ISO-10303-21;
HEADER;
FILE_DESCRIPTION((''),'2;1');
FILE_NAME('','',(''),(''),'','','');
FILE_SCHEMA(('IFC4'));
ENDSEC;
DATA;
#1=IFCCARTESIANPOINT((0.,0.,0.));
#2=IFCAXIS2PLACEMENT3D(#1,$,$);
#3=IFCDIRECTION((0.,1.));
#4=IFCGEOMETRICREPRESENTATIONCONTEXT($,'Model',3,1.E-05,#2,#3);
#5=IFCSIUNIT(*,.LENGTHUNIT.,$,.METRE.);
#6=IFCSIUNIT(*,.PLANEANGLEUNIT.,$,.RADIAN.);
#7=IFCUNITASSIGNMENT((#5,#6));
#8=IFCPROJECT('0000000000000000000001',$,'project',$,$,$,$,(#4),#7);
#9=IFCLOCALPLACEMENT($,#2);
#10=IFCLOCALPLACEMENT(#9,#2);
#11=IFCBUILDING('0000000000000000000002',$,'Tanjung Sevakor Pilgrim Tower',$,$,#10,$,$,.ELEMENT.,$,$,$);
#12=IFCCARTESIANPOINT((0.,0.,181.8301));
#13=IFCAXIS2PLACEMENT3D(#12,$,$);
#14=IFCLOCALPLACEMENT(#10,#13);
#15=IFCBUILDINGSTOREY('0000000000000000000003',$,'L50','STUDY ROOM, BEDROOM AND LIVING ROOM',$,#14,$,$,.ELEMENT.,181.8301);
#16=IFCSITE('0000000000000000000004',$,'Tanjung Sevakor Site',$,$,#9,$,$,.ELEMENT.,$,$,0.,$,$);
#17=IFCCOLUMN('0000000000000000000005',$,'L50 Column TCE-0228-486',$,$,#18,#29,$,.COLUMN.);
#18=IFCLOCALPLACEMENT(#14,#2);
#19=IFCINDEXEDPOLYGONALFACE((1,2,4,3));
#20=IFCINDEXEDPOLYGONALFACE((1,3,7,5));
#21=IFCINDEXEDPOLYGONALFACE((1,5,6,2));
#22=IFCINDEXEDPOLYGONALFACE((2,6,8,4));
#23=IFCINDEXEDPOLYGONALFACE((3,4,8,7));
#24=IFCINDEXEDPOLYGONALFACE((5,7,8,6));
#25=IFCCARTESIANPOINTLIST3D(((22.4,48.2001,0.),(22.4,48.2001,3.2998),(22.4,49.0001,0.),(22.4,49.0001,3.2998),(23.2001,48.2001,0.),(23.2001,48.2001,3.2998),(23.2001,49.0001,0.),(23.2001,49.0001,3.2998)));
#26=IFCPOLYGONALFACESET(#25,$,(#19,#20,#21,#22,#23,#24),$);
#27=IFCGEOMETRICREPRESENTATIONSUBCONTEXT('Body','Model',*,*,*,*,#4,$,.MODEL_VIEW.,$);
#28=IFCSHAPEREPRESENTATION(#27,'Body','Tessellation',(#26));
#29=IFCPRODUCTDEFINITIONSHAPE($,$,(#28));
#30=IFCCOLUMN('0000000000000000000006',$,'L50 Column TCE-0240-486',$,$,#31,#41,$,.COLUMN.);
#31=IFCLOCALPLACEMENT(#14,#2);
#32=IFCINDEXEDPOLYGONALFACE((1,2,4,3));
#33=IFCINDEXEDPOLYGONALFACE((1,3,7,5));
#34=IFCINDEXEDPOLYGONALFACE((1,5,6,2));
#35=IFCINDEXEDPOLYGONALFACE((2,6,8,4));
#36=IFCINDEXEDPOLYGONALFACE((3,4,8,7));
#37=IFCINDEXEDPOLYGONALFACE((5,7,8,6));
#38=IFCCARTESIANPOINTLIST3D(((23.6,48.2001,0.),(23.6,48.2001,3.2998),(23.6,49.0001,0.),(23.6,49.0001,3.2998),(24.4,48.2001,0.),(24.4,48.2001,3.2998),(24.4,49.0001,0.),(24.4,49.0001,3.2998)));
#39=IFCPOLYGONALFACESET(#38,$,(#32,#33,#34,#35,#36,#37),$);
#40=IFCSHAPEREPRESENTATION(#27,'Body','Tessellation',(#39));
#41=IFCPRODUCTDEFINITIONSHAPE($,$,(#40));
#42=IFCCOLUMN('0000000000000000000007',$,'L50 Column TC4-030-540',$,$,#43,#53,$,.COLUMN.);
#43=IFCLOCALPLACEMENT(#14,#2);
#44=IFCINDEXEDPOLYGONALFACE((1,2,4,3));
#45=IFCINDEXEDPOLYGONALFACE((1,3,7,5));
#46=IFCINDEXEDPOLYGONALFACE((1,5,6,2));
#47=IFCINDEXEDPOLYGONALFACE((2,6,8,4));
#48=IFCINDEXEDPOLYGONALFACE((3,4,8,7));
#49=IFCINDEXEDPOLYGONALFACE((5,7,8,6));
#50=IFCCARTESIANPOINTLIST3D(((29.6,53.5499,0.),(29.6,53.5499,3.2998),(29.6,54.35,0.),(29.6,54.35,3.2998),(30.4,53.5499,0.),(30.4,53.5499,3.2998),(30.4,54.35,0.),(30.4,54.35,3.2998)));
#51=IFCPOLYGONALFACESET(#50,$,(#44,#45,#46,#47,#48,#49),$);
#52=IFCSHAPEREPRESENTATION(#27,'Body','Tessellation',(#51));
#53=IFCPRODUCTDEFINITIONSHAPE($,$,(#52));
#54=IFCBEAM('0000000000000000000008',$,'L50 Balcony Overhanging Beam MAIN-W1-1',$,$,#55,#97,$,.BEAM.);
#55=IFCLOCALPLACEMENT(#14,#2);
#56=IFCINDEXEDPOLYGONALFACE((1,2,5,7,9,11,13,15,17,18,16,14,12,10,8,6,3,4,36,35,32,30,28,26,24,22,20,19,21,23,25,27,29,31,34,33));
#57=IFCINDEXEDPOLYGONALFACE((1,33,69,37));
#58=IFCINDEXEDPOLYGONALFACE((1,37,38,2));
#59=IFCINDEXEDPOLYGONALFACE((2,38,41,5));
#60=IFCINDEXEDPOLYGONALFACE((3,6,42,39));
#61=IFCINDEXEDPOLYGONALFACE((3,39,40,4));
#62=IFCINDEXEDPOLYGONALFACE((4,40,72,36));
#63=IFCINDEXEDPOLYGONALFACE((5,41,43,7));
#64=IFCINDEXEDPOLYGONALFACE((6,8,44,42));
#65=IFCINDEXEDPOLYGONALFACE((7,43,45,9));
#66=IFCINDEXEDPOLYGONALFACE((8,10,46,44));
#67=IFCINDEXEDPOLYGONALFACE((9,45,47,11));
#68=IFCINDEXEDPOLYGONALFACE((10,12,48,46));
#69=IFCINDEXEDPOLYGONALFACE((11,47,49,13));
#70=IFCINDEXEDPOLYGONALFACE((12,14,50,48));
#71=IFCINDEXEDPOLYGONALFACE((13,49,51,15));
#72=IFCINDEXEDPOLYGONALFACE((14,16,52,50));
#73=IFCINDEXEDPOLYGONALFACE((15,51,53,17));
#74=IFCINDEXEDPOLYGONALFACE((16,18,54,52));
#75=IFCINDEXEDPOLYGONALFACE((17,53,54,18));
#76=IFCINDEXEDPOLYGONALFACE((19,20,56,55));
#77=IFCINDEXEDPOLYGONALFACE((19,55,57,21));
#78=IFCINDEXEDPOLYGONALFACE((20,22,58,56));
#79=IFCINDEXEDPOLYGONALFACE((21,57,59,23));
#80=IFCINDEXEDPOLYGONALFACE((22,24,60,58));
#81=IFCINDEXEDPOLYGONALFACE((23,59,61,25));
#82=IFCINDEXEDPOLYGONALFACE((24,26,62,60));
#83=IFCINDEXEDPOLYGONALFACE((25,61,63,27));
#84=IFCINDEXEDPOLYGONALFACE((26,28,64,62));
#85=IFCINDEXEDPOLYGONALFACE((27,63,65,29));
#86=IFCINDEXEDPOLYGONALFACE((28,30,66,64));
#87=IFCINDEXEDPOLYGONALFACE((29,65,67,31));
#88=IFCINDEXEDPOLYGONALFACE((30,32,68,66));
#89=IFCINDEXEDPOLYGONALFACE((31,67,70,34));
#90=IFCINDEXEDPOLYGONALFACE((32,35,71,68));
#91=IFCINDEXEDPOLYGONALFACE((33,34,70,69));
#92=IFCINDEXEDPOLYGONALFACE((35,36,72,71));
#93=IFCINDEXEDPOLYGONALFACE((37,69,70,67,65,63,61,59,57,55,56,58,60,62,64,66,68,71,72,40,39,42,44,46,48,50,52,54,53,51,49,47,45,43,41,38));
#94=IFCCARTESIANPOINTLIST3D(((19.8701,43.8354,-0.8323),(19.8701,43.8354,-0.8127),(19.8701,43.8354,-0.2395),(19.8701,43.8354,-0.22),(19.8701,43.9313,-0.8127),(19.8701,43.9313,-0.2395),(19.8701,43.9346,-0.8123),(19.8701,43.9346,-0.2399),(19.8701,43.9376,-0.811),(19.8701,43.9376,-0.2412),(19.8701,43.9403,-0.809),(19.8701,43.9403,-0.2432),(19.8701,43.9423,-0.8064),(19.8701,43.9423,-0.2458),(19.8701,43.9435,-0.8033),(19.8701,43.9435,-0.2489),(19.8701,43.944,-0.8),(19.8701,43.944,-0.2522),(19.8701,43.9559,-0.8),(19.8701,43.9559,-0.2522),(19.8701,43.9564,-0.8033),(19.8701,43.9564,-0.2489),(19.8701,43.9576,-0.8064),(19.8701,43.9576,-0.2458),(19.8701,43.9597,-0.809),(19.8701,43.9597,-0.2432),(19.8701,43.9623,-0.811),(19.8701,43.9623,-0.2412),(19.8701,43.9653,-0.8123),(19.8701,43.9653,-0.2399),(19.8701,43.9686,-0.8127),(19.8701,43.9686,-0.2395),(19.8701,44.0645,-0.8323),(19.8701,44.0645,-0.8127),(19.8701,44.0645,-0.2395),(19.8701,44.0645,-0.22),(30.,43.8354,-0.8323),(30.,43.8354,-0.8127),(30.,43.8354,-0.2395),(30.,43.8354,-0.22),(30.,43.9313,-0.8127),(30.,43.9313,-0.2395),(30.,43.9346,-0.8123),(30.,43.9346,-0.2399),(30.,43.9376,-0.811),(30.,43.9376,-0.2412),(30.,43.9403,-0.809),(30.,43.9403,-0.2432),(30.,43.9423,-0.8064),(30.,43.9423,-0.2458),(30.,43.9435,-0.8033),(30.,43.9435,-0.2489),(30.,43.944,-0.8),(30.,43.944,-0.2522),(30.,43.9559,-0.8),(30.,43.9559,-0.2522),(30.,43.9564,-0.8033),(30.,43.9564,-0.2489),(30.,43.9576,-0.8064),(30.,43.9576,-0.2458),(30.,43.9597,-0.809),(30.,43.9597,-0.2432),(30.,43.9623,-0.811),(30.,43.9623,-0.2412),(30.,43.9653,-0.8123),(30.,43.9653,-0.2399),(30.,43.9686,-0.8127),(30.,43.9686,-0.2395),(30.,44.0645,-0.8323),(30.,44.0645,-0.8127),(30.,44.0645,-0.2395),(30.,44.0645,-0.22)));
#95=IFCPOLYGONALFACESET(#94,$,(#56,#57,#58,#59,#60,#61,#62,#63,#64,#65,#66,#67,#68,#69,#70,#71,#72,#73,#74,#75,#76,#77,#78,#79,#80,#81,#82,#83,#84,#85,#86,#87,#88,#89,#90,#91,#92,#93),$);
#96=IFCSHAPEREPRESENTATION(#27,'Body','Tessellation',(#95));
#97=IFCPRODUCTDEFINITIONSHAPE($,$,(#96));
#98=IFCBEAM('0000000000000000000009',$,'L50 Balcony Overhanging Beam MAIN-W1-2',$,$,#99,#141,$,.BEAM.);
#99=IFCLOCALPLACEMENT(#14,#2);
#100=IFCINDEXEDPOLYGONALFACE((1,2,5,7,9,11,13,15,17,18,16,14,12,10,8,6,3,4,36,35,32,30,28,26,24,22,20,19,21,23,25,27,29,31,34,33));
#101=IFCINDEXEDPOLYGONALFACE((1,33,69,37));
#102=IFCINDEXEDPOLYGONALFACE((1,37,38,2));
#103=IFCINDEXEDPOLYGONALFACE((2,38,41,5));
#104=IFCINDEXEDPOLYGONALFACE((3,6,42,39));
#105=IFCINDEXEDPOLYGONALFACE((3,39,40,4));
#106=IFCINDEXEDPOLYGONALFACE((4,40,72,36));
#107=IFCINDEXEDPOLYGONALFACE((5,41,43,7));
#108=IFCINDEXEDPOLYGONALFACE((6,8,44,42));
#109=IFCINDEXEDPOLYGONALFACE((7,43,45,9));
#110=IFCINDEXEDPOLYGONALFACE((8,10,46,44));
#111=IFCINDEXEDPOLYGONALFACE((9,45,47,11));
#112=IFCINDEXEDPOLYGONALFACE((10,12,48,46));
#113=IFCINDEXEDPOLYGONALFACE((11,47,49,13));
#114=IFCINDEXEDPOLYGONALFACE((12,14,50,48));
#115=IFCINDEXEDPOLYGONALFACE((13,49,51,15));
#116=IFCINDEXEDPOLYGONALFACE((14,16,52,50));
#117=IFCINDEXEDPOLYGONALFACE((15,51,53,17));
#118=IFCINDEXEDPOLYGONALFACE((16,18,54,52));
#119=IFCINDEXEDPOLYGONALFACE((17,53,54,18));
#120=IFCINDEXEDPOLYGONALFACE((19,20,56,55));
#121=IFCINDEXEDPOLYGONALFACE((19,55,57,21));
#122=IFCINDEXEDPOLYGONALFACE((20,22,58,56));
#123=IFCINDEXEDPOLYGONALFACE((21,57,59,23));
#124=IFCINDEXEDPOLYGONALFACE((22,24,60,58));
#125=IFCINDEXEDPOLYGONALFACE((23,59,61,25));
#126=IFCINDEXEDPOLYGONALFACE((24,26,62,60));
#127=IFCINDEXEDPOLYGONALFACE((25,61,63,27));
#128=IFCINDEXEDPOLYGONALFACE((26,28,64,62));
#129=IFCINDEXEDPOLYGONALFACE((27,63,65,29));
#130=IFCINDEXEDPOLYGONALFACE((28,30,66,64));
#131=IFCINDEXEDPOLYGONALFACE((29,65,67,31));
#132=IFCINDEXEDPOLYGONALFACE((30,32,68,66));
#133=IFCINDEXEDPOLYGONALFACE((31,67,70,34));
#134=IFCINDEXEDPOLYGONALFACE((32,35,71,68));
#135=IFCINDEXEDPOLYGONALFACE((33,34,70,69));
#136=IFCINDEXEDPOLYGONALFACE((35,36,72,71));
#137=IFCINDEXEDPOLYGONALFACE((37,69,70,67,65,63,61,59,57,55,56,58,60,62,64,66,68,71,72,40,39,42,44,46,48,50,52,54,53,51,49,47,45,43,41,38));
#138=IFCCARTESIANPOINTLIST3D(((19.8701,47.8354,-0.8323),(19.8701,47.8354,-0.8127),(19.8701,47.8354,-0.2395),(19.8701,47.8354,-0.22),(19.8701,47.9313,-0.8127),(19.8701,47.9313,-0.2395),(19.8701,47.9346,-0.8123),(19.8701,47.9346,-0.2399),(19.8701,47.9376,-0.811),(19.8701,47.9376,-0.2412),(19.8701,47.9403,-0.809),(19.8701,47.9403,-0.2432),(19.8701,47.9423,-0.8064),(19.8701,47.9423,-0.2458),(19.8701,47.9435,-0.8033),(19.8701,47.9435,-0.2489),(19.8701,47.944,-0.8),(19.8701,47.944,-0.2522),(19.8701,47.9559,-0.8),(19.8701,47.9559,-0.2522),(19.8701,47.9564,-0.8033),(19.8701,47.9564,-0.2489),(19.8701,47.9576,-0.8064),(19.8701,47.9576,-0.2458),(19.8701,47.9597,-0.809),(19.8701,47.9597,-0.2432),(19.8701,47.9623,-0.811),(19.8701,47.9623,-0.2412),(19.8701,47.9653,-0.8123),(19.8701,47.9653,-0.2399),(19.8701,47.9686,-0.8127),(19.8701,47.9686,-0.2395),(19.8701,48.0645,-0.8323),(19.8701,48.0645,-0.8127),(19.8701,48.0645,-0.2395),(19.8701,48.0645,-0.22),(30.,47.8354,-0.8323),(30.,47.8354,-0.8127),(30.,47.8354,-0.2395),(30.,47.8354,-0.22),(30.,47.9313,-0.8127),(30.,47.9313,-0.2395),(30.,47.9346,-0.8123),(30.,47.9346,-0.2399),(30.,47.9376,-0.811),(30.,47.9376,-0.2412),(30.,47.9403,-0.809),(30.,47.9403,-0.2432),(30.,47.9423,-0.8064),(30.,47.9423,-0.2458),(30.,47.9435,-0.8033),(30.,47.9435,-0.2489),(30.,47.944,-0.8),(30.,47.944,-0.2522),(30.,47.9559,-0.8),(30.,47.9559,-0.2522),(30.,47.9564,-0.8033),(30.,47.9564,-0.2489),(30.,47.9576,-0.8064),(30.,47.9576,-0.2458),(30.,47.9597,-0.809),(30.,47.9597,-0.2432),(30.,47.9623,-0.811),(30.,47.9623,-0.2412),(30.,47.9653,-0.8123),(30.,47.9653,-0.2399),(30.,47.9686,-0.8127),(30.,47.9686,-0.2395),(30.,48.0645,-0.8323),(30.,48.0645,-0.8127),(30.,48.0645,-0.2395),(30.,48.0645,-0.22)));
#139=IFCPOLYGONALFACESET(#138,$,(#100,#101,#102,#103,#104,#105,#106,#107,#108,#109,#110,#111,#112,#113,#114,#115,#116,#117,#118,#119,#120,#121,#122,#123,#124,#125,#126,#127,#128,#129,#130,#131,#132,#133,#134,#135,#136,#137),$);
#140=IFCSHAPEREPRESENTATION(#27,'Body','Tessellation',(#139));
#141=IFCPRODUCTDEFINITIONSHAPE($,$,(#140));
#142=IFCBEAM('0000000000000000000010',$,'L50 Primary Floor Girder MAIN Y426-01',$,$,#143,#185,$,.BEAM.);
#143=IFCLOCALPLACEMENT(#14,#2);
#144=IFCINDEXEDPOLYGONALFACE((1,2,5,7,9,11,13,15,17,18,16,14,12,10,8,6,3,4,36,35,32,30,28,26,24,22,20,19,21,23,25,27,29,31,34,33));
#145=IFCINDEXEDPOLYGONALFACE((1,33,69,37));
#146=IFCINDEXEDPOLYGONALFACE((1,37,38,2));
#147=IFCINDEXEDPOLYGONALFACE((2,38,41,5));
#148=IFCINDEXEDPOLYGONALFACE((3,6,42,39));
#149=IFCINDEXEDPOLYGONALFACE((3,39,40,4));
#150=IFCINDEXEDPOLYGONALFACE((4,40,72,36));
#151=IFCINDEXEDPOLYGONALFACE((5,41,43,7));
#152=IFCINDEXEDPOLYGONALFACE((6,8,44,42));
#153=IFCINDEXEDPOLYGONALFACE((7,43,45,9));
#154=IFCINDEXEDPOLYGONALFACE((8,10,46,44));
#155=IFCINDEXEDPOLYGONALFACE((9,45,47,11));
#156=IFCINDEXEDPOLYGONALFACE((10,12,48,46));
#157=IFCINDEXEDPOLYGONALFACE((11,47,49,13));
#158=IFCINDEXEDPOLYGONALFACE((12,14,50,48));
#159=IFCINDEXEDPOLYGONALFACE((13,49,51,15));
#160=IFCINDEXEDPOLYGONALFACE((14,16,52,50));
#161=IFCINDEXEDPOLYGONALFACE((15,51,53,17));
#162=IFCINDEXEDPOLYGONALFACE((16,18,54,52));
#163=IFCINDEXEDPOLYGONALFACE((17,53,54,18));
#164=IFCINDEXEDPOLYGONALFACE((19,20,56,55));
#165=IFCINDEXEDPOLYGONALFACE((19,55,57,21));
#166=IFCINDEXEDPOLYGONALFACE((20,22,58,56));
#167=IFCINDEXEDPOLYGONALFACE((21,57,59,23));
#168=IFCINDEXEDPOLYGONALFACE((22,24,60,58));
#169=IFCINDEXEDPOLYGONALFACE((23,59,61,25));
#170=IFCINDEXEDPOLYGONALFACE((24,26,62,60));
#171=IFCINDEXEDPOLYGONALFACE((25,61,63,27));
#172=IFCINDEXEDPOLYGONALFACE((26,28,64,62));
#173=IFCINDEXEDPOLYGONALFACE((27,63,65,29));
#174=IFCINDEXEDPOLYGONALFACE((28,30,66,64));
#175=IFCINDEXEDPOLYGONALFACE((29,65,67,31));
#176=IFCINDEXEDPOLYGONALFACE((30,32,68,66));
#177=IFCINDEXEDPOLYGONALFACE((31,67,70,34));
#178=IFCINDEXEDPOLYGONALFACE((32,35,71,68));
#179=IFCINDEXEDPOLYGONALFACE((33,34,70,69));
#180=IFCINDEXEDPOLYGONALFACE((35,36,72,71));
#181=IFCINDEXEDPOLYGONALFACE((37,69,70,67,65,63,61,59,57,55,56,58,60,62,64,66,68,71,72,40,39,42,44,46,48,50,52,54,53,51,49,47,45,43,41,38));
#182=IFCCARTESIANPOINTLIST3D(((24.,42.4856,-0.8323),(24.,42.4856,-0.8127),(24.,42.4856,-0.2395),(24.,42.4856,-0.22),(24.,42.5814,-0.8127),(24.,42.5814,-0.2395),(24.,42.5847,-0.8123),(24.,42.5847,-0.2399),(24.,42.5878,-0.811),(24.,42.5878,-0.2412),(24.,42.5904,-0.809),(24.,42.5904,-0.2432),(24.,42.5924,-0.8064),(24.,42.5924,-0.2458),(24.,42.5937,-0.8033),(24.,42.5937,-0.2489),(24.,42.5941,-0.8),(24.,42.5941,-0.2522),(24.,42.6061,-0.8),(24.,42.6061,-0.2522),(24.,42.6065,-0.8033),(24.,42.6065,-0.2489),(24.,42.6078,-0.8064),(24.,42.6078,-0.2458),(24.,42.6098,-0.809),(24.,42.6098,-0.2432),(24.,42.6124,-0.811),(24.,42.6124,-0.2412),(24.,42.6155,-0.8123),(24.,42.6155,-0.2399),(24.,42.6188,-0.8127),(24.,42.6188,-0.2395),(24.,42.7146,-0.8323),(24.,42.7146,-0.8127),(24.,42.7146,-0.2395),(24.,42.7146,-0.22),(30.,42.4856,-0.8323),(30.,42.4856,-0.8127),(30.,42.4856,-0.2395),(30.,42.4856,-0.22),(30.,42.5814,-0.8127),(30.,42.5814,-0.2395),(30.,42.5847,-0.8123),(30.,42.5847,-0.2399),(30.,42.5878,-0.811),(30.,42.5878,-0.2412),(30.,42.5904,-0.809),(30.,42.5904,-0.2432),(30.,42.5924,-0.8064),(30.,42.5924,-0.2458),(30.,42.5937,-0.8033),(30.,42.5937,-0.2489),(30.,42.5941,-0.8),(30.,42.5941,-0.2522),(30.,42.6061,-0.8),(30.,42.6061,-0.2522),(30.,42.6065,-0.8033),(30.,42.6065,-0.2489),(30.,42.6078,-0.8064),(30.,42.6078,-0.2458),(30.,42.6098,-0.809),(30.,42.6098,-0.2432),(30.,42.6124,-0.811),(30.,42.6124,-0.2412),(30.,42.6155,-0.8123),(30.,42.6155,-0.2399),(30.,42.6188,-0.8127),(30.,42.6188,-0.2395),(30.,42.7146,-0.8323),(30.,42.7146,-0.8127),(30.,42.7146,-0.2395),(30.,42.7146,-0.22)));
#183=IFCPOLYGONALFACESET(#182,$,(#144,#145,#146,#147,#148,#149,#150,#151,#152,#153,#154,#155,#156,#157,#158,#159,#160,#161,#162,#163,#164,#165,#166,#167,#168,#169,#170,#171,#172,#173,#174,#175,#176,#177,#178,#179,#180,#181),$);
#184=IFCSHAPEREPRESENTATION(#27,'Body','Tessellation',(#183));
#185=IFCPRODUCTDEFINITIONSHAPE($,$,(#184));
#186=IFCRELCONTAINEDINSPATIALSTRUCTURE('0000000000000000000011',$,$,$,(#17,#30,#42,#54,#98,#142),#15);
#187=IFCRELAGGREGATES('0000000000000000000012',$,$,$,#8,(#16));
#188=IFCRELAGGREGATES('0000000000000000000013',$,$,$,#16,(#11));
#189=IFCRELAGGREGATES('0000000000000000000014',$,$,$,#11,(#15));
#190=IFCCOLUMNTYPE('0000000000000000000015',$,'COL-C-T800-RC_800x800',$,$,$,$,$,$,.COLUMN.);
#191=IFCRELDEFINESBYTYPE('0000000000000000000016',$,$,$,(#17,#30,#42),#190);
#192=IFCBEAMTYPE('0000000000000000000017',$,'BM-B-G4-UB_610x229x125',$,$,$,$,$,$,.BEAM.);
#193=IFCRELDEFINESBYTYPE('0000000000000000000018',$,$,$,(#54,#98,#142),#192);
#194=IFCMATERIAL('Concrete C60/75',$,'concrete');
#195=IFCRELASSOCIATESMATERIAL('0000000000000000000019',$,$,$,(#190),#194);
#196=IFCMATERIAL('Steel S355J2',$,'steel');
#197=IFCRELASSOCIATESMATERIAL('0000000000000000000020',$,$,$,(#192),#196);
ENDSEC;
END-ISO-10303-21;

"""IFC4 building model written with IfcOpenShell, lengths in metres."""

from ifc_helpers import new_model, si_unit, direction, frame, origin, origin_2d, place, context, subcontext, project, spatial, rectangle, i_section, extrude, material, material_profile, profile_set, type_object, element, save


model = new_model("IFC4")

# Units and contexts
model_context = context("Model", 3, precision=1e-05, world=origin(), true_north=direction((0.0, 1.0)))
body_context = subcontext(model_context, "Body", "Model", "MODEL_VIEW")
ifc_project = project(units=[si_unit("LENGTHUNIT", "METRE"), si_unit("PLANEANGLEUNIT", "RADIAN")], contexts=[model_context])

# Site, building, storey
site_placement = place(None, origin())
site = spatial("IfcSite", under=ifc_project, at=site_placement, Name="Tanjung Sevakor Site", CompositionType="ELEMENT", RefElevation=0.0)
building_placement = place(site_placement, origin())
building = spatial("IfcBuilding", under=site, at=building_placement, Name="Tanjung Sevakor Pilgrim Tower", CompositionType="ELEMENT")
storey_placement = place(building_placement, frame((0.0, 0.0, 181.8301)))
storey = spatial("IfcBuildingStorey", under=building, at=storey_placement, Name="L50", Description="STUDY ROOM, BEDROOM AND LIVING ROOM", CompositionType="ELEMENT", Elevation=181.8301)

# Columns
ifc_material_1 = material(Name="Concrete C60/75", Category="concrete")
ifc_material_profile_1 = material_profile(ifc_material_1, rectangle(XDim=0.8, YDim=0.8, at=origin_2d()))
ifc_profile_set_1 = profile_set([ifc_material_profile_1], Name="Concrete C60/75")
column_type = type_object("IfcColumnType", Name="COL-C-T800-RC_800x800", PredefinedType="COLUMN", material=ifc_profile_set_1)
for number, where, z_axis, x_axis, name in (
    (1, (22.8, 48.6001, 0.0), (0.0, 0.0, 1.0), (1.0, 0.0, 0.0), "L50 Column TCE-0228-486"),
    (2, (24.0, 48.6001, 0.0), (0.0, 0.0, 1.0), (1.0, 0.0, 0.0), "L50 Column TCE-0240-486"),
    (3, (30.0, 53.95, 0.0), (0.0, 0.0, 1.0), (1.0, 0.0, 0.0), "L50 Column TC4-030-540"),
):
    element("IfcColumn", number, at=place(storey_placement, frame(where, z_axis=z_axis, x_axis=x_axis)), inside=storey, type_object=column_type, Name=name, PredefinedType="COLUMN", context=body_context, shape_type="SweptSolid", body=[
        extrude(rectangle(XDim=0.8, YDim=0.8, at=origin_2d()), origin(), (0.0, 0.0, 1.0), 3.2998),
    ])

# Beams
ifc_material_2 = material(Name="Steel S355J2", Category="steel")
ifc_material_profile_2 = material_profile(ifc_material_2, i_section(OverallWidth=0.229, OverallDepth=0.6123, WebThickness=0.012, FlangeThickness=0.0195, FilletRadius=0.0127, at=origin_2d()))
ifc_profile_set_2 = profile_set([ifc_material_profile_2], Name="Steel S355J2")
beam_type_1 = type_object("IfcBeamType", Name="BM-B-G4-UB_610x229x125", PredefinedType="BEAM", material=ifc_profile_set_2)
for number, where, z_axis, x_axis, name in (
    (4, (30.0, 43.95, -0.5261), (-1.0, 0.0, 0.0), (0.0, -1.0, 0.0), "L50 Balcony Overhanging Beam MAIN-W1-1"),
    (5, (30.0, 47.95, -0.5261), (-1.0, 0.0, 0.0), (0.0, -1.0, 0.0), "L50 Balcony Overhanging Beam MAIN-W1-2"),
):
    element("IfcBeam", number, at=place(storey_placement, frame(where, z_axis=z_axis, x_axis=x_axis)), inside=storey, type_object=beam_type_1, Name=name, PredefinedType="BEAM", context=body_context, shape_type="SweptSolid", body=[
        extrude(i_section(OverallWidth=0.229, OverallDepth=0.6123, WebThickness=0.012, FlangeThickness=0.0195, FilletRadius=0.0127, at=origin_2d()), origin(), (0.0, 0.0, 1.0), 10.1299),
    ])
beam_1_placement = place(storey_placement, frame((24.0, 42.6001, -0.5261), z_axis=(1.0, 0.0, 0.0), x_axis=(0.0, 1.0, 0.0)))
element("IfcBeam", 6, at=beam_1_placement, inside=storey, type_object=beam_type_1, Name="L50 Primary Floor Girder MAIN Y426-01", PredefinedType="BEAM", context=body_context, shape_type="SweptSolid", body=[
    extrude(i_section(OverallWidth=0.229, OverallDepth=0.6123, WebThickness=0.012, FlangeThickness=0.0195, FilletRadius=0.0127, at=origin_2d()), origin(), (0.0, 0.0, 1.0), 6.0),
])

save(model, "model.ifc")
